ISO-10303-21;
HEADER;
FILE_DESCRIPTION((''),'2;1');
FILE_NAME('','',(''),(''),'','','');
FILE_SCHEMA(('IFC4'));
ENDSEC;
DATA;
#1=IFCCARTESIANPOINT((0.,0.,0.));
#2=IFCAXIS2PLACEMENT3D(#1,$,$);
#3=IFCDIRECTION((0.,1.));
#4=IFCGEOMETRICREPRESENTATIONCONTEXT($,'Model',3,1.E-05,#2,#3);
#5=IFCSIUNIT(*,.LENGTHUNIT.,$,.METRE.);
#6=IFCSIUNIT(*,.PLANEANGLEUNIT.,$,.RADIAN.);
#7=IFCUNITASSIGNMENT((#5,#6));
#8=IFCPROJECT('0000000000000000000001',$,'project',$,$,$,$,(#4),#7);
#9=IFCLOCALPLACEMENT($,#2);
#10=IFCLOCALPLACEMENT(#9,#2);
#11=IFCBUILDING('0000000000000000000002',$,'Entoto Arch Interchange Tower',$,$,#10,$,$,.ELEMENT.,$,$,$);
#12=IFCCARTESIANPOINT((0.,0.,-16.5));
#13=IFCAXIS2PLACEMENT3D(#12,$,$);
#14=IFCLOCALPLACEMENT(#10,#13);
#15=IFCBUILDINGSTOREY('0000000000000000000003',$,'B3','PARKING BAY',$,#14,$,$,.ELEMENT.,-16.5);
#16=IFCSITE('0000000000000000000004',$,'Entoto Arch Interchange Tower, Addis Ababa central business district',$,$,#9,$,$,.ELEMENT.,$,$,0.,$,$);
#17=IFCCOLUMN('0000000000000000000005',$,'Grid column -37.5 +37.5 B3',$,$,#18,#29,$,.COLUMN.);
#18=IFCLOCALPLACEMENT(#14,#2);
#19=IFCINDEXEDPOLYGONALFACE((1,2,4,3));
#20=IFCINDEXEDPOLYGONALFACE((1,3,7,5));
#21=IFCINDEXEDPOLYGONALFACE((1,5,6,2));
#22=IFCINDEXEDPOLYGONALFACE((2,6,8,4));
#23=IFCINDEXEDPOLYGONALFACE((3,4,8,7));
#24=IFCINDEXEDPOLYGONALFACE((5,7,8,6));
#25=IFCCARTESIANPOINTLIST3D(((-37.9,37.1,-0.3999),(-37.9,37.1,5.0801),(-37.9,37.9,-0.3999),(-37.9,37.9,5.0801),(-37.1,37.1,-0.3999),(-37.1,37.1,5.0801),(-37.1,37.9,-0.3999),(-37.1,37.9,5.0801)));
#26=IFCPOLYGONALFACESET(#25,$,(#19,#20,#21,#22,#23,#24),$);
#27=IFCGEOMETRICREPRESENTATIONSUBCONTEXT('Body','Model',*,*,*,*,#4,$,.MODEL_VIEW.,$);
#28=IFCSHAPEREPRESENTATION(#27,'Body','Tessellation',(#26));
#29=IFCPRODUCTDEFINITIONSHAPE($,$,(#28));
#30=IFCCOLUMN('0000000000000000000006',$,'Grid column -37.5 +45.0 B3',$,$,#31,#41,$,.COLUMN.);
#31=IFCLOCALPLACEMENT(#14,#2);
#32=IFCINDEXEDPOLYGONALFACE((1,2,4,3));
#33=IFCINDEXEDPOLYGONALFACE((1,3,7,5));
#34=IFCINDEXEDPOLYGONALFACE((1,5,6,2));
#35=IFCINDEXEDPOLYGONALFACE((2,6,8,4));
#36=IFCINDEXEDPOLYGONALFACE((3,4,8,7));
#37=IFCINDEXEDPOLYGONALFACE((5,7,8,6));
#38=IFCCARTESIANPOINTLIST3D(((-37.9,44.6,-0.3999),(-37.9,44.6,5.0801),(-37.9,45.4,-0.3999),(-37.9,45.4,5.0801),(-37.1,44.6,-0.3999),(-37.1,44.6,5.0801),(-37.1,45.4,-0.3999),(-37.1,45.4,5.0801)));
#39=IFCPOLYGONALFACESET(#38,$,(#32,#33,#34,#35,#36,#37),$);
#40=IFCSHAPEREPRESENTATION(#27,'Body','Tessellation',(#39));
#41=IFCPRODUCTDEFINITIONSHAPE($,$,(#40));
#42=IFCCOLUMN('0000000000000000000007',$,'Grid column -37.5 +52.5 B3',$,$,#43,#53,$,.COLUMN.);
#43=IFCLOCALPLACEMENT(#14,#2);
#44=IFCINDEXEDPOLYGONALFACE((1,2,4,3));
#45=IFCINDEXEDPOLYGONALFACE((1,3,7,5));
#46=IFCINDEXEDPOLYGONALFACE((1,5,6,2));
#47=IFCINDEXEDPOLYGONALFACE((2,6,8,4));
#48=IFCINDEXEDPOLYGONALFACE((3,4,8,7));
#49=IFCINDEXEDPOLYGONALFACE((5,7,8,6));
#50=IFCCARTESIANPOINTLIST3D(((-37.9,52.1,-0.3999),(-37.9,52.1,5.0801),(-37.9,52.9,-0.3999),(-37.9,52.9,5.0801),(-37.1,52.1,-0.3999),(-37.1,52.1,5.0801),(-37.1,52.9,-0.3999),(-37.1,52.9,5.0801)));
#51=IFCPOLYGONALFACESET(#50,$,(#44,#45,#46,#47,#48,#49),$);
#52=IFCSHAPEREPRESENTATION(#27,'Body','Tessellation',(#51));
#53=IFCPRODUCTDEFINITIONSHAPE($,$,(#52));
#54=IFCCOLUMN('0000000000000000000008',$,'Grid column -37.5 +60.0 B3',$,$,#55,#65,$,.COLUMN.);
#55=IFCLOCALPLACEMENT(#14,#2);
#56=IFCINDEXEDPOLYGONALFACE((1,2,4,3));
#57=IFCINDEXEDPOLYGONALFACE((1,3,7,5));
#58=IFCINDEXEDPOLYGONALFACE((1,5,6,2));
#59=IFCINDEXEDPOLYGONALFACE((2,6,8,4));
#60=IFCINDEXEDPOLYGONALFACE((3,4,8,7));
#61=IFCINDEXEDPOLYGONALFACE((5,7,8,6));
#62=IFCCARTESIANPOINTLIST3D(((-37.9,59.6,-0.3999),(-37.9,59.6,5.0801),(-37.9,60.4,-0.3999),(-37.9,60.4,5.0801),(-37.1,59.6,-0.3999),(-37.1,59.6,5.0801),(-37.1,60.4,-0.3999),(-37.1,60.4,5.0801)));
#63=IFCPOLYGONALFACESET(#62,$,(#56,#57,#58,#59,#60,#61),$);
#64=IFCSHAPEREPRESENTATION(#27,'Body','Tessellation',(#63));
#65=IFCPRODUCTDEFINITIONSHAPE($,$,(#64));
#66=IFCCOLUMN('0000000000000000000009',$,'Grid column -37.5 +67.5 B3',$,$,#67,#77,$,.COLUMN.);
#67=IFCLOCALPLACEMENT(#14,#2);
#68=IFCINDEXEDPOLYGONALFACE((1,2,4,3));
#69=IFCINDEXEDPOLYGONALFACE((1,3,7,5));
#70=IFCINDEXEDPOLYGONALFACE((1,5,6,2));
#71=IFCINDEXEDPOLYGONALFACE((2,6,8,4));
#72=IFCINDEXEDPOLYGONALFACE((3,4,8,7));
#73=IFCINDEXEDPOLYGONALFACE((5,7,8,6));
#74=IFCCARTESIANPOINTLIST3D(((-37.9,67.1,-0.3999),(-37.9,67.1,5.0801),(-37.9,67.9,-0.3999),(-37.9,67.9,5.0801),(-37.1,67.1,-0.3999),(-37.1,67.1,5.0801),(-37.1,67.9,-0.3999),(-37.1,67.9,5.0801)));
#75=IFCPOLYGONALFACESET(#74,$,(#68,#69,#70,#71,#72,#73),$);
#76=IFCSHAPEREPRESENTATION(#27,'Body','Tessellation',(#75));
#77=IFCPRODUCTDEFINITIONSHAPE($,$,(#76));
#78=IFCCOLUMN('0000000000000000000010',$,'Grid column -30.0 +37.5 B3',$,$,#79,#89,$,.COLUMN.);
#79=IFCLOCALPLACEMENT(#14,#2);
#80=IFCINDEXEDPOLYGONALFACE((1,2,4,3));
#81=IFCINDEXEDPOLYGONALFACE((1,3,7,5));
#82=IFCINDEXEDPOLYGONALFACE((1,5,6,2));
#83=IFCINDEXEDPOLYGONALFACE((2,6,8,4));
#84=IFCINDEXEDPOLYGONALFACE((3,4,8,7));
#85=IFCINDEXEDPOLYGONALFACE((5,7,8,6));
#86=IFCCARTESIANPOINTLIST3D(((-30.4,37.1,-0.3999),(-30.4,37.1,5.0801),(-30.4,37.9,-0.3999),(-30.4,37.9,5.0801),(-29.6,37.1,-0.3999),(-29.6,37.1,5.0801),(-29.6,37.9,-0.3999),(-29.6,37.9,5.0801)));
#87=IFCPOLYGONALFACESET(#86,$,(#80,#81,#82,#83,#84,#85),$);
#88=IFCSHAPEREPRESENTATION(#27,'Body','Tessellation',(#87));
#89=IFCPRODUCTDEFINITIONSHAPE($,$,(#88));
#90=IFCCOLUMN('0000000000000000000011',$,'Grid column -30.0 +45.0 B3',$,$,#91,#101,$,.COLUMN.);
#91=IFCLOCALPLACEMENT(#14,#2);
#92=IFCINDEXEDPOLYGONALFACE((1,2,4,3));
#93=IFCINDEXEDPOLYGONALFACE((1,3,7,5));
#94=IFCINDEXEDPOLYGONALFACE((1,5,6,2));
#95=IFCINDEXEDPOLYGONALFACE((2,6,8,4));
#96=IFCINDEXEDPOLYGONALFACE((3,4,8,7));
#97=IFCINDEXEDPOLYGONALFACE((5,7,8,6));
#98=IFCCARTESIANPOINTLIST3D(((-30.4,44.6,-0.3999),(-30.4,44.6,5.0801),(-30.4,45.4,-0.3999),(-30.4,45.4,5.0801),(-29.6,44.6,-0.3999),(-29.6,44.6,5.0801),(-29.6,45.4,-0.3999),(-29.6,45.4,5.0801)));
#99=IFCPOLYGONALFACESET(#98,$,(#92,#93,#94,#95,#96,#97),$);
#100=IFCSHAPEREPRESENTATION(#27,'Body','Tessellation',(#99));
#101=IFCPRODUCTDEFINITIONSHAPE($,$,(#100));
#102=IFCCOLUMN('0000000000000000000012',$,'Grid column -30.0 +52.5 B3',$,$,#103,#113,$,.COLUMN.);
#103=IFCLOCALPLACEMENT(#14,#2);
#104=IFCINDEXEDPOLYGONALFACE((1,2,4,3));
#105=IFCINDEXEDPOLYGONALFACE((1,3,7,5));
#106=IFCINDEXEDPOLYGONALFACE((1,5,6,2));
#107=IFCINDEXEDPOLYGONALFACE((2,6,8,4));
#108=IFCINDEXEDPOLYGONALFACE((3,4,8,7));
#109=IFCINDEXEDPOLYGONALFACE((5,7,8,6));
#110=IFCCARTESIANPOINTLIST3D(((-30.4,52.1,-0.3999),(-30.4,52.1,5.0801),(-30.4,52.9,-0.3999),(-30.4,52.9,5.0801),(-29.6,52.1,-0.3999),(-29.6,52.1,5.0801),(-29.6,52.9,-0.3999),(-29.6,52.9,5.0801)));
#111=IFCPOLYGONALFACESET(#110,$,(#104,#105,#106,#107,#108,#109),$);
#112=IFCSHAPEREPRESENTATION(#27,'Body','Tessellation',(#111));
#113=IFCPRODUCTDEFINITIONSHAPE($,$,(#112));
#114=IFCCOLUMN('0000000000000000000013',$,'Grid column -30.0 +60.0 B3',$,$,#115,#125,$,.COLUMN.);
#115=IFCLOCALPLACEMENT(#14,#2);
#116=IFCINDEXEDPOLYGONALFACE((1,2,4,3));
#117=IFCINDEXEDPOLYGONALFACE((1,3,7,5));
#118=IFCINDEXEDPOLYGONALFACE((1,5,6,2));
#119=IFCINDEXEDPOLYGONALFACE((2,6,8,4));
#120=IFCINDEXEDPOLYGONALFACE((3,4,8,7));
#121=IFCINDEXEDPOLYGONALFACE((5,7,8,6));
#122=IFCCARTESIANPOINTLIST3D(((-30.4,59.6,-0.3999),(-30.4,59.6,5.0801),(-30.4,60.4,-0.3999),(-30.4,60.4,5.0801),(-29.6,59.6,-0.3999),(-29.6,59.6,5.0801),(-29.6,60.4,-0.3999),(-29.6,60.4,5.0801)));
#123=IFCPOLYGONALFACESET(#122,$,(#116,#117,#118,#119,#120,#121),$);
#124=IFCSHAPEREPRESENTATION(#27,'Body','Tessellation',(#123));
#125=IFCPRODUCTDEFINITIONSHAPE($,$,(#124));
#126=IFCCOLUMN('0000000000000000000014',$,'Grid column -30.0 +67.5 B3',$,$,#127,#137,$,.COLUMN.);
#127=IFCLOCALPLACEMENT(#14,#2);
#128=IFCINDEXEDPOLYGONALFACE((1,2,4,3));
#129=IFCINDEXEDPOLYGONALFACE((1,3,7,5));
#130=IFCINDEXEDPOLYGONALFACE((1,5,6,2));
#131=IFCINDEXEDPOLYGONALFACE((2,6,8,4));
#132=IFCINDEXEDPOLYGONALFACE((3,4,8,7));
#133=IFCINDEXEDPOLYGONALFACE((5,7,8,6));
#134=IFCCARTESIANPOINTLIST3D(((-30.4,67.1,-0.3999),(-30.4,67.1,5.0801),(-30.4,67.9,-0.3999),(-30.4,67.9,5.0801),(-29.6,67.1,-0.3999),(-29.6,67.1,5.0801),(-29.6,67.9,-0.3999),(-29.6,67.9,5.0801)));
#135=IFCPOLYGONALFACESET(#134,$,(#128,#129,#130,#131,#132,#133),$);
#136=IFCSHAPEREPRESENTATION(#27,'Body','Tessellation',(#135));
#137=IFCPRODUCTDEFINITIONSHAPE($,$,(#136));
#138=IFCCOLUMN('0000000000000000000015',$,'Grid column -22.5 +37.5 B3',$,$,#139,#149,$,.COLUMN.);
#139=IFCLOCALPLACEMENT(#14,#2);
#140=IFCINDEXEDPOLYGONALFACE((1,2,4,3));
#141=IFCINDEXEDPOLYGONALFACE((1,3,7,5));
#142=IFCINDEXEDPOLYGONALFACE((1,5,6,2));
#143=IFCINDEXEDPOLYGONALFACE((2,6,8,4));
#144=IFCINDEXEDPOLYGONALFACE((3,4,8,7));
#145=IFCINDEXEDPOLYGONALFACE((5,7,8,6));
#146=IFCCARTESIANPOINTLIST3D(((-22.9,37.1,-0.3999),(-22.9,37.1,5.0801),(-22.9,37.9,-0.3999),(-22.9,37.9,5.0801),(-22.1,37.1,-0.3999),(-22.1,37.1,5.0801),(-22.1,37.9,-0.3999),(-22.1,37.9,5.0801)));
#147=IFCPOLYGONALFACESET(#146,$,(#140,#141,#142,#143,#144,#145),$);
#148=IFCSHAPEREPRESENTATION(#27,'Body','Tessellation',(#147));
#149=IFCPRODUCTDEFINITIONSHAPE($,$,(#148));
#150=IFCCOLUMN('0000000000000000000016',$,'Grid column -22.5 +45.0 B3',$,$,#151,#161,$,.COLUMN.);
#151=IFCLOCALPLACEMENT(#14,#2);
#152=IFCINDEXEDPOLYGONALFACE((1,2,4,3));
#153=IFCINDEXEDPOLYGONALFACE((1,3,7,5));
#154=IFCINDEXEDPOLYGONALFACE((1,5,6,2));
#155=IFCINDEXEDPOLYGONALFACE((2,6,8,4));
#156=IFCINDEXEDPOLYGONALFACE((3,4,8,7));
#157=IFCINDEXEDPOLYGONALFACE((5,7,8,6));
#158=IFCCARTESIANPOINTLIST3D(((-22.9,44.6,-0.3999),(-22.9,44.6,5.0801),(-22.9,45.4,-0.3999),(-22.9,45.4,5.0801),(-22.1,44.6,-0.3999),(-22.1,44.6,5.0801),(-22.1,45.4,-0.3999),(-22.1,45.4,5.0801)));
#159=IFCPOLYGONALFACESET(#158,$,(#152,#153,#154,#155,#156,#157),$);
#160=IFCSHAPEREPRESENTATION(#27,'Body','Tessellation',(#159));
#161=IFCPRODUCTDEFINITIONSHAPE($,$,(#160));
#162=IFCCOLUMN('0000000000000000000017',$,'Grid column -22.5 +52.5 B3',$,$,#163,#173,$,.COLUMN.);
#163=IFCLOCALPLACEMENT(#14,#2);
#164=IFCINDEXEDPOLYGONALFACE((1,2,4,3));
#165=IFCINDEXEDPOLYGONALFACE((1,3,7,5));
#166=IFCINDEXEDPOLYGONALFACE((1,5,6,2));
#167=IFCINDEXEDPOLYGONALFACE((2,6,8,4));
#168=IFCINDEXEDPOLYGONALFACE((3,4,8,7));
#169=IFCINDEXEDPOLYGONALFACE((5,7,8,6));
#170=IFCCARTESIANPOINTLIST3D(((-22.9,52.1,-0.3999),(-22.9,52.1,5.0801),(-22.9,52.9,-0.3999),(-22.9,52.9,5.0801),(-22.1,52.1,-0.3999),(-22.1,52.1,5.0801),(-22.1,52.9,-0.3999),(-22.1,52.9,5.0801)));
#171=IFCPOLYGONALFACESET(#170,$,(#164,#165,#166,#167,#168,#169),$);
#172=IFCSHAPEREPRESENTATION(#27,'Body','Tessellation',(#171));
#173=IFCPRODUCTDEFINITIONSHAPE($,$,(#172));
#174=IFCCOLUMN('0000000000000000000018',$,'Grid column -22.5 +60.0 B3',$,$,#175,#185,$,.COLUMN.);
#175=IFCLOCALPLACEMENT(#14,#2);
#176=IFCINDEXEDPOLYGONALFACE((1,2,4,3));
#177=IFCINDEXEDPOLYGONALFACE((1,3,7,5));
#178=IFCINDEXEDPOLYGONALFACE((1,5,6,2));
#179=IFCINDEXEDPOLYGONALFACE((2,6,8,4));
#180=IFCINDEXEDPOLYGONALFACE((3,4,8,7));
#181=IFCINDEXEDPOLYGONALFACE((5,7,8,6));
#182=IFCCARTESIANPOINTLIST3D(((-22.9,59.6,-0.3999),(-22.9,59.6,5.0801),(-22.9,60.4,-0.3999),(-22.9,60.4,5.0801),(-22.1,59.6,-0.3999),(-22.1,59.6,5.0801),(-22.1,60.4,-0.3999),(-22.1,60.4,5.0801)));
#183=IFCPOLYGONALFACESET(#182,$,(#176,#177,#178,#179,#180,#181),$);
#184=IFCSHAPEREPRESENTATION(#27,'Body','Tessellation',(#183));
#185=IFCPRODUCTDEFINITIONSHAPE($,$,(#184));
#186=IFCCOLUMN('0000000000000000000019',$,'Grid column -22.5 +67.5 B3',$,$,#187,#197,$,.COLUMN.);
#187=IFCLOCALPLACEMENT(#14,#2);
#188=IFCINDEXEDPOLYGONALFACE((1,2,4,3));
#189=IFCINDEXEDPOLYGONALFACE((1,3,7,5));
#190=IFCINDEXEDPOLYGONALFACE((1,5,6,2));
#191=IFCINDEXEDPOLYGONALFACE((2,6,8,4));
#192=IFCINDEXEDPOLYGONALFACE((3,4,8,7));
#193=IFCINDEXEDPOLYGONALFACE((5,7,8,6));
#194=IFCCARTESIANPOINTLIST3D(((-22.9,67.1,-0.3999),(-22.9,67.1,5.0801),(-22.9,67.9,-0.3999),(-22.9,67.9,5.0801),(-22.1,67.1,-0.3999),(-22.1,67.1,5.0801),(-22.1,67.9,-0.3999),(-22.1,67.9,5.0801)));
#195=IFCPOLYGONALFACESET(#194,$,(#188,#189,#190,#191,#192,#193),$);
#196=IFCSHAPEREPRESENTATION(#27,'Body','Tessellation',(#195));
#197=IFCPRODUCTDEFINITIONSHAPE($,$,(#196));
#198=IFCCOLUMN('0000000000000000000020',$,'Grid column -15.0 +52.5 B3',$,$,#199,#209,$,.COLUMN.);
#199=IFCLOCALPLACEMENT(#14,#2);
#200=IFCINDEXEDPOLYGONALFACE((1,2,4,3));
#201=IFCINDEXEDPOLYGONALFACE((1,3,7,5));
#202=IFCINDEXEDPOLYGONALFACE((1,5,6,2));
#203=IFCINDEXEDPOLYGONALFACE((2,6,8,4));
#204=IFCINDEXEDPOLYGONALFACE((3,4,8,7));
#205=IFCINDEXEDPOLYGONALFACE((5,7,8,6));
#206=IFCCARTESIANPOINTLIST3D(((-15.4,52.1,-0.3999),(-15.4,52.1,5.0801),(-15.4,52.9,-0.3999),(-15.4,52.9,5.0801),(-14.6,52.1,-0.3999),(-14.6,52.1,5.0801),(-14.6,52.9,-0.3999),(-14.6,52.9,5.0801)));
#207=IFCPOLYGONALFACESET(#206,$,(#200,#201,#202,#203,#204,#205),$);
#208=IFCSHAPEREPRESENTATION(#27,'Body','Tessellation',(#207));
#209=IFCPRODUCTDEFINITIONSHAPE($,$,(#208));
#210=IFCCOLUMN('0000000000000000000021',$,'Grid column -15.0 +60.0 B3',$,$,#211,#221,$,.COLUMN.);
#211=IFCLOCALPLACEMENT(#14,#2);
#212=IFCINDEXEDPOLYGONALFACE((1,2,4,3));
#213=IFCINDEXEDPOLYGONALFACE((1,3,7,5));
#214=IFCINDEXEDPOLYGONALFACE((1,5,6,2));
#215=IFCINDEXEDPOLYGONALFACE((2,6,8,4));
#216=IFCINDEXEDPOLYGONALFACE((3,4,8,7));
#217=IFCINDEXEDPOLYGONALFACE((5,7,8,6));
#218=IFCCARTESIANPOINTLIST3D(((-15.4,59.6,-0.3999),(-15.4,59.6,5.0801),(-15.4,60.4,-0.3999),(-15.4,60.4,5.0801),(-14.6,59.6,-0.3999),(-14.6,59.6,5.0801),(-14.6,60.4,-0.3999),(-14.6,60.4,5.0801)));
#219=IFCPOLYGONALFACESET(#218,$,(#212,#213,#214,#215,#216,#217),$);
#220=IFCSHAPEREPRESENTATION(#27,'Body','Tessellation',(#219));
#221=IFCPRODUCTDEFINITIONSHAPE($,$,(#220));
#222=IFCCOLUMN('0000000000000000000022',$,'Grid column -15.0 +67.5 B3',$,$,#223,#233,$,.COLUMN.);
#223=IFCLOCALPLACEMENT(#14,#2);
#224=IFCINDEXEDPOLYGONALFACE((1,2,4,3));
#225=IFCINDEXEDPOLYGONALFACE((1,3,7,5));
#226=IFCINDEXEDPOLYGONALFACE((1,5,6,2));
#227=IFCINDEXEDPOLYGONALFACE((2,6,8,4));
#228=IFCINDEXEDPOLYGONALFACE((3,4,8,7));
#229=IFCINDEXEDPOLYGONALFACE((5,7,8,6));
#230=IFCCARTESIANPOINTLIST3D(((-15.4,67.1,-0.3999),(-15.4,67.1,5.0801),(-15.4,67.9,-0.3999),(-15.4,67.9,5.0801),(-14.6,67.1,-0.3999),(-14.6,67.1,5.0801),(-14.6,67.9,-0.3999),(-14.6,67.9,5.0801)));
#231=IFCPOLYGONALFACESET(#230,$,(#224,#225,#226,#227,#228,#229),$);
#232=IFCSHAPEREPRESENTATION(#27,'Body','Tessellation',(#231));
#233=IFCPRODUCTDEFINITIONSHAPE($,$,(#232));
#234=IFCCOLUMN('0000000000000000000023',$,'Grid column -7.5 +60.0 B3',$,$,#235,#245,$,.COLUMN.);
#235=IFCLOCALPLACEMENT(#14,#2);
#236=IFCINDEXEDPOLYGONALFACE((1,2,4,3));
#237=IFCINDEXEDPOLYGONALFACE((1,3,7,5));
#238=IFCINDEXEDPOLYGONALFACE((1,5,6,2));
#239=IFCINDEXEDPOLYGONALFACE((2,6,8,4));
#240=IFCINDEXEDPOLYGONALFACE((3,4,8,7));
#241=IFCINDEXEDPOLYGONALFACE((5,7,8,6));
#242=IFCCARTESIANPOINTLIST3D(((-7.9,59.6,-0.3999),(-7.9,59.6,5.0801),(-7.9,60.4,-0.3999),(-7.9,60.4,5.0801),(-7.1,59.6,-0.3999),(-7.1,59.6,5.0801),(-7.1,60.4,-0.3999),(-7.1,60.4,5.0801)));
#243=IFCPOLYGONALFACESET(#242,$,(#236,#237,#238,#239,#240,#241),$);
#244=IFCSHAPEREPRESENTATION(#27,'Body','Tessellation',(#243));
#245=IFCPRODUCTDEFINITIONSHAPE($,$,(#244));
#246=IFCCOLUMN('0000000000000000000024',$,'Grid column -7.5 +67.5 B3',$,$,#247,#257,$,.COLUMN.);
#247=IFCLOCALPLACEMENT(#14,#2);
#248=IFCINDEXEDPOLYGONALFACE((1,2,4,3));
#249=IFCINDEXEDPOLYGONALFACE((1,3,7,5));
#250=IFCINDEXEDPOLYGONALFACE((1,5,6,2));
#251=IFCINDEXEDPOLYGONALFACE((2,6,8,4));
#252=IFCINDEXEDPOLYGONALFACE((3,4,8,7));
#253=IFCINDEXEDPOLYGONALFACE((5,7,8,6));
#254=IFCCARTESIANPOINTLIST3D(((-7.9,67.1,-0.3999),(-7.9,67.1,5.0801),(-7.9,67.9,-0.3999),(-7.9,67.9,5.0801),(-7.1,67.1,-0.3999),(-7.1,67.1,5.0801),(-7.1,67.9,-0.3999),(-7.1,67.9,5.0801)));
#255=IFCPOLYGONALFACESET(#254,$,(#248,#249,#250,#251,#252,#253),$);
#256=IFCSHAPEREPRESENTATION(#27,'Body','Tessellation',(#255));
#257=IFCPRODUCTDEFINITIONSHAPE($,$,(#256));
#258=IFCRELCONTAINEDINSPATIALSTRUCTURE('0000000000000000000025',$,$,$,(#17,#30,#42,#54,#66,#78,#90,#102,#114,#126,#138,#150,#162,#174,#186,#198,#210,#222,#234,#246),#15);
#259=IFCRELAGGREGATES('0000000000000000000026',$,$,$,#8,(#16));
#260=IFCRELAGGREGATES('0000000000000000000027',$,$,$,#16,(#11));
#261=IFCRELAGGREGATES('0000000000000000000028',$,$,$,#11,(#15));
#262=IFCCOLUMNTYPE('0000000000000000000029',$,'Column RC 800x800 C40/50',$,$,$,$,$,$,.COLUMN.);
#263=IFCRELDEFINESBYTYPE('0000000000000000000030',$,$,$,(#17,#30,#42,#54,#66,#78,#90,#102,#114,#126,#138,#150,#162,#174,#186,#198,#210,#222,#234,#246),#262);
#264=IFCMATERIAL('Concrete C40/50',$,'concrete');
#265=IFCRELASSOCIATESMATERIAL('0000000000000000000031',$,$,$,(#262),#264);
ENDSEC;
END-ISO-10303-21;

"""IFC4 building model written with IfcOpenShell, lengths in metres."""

from ifc_helpers import new_model, si_unit, direction, frame, origin, origin_2d, place, context, subcontext, project, spatial, rectangle, extrude, material, material_profile, profile_set, type_object, element, save


model = new_model("IFC4")

# Units and contexts
model_context = context("Model", 3, precision=1e-05, world=origin(), true_north=direction((0.0, 1.0)))
body_context = subcontext(model_context, "Body", "Model", "MODEL_VIEW")
ifc_project = project(units=[si_unit("LENGTHUNIT", "METRE"), si_unit("PLANEANGLEUNIT", "RADIAN")], contexts=[model_context])

# Site, building, storey
site_placement = place(None, origin())
site = spatial("IfcSite", under=ifc_project, at=site_placement, Name="Entoto Arch Interchange Tower, Addis Ababa central business district", CompositionType="ELEMENT", RefElevation=0.0)
building_placement = place(site_placement, origin())
building = spatial("IfcBuilding", under=site, at=building_placement, Name="Entoto Arch Interchange Tower", CompositionType="ELEMENT")
storey_placement = place(building_placement, frame((0.0, 0.0, -16.5)))
storey = spatial("IfcBuildingStorey", under=building, at=storey_placement, Name="B3", Description="PARKING BAY", CompositionType="ELEMENT", Elevation=-16.5)

# Columns
ifc_material_1 = material(Name="Concrete C40/50", Category="concrete")
ifc_material_profile_1 = material_profile(ifc_material_1, rectangle(XDim=0.8, YDim=0.8, at=origin_2d()))
ifc_profile_set_1 = profile_set([ifc_material_profile_1], Name="Concrete C40/50")
column_type_1 = type_object("IfcColumnType", Name="Column RC 800x800 C40/50", PredefinedType="COLUMN", material=ifc_profile_set_1)
for number, where, z_axis, x_axis, name in (
    (1, (-37.5, 37.5, -0.3999), (0.0, 0.0, 1.0), (1.0, 0.0, 0.0), "Grid column -37.5 +37.5 B3"),
    (2, (-37.5, 45.0, -0.3999), (0.0, 0.0, 1.0), (1.0, 0.0, 0.0), "Grid column -37.5 +45.0 B3"),
    (3, (-37.5, 52.5, -0.3999), (0.0, 0.0, 1.0), (1.0, 0.0, 0.0), "Grid column -37.5 +52.5 B3"),
    (4, (-37.5, 60.0, -0.3999), (0.0, 0.0, 1.0), (1.0, 0.0, 0.0), "Grid column -37.5 +60.0 B3"),
    (5, (-37.5, 67.5, -0.3999), (0.0, 0.0, 1.0), (1.0, 0.0, 0.0), "Grid column -37.5 +67.5 B3"),
    (6, (-30.0, 37.5, -0.3999), (0.0, 0.0, 1.0), (1.0, 0.0, 0.0), "Grid column -30.0 +37.5 B3"),
    (7, (-30.0, 45.0, -0.3999), (0.0, 0.0, 1.0), (1.0, 0.0, 0.0), "Grid column -30.0 +45.0 B3"),
    (8, (-30.0, 52.5, -0.3999), (0.0, 0.0, 1.0), (1.0, 0.0, 0.0), "Grid column -30.0 +52.5 B3"),
    (9, (-30.0, 60.0, -0.3999), (0.0, 0.0, 1.0), (1.0, 0.0, 0.0), "Grid column -30.0 +60.0 B3"),
    (10, (-30.0, 67.5, -0.3999), (0.0, 0.0, 1.0), (1.0, 0.0, 0.0), "Grid column -30.0 +67.5 B3"),
    (11, (-22.5, 37.5, -0.3999), (0.0, 0.0, 1.0), (1.0, 0.0, 0.0), "Grid column -22.5 +37.5 B3"),
    (12, (-22.5, 45.0, -0.3999), (0.0, 0.0, 1.0), (1.0, 0.0, 0.0), "Grid column -22.5 +45.0 B3"),
    (13, (-22.5, 52.5, -0.3999), (0.0, 0.0, 1.0), (1.0, 0.0, 0.0), "Grid column -22.5 +52.5 B3"),
    (14, (-22.5, 60.0, -0.3999), (0.0, 0.0, 1.0), (1.0, 0.0, 0.0), "Grid column -22.5 +60.0 B3"),
    (15, (-22.5, 67.5, -0.3999), (0.0, 0.0, 1.0), (1.0, 0.0, 0.0), "Grid column -22.5 +67.5 B3"),
    (16, (-15.0, 52.5, -0.3999), (0.0, 0.0, 1.0), (1.0, 0.0, 0.0), "Grid column -15.0 +52.5 B3"),
    (17, (-15.0, 60.0, -0.3999), (0.0, 0.0, 1.0), (1.0, 0.0, 0.0), "Grid column -15.0 +60.0 B3"),
    (18, (-15.0, 67.5, -0.3999), (0.0, 0.0, 1.0), (1.0, 0.0, 0.0), "Grid column -15.0 +67.5 B3"),
    (19, (-7.5, 60.0, -0.3999), (0.0, 0.0, 1.0), (1.0, 0.0, 0.0), "Grid column -7.5 +60.0 B3"),
    (20, (-7.5, 67.5, -0.3999), (0.0, 0.0, 1.0), (1.0, 0.0, 0.0), "Grid column -7.5 +67.5 B3"),
):
    element("IfcColumn", number, at=place(storey_placement, frame(where, z_axis=z_axis, x_axis=x_axis)), inside=storey, type_object=column_type_1, Name=name, PredefinedType="COLUMN", context=body_context, shape_type="SweptSolid", body=[
        extrude(rectangle(XDim=0.8, YDim=0.8, at=origin_2d()), origin(), (0.0, 0.0, 1.0), 5.48),
    ])

save(model, "model.ifc")
